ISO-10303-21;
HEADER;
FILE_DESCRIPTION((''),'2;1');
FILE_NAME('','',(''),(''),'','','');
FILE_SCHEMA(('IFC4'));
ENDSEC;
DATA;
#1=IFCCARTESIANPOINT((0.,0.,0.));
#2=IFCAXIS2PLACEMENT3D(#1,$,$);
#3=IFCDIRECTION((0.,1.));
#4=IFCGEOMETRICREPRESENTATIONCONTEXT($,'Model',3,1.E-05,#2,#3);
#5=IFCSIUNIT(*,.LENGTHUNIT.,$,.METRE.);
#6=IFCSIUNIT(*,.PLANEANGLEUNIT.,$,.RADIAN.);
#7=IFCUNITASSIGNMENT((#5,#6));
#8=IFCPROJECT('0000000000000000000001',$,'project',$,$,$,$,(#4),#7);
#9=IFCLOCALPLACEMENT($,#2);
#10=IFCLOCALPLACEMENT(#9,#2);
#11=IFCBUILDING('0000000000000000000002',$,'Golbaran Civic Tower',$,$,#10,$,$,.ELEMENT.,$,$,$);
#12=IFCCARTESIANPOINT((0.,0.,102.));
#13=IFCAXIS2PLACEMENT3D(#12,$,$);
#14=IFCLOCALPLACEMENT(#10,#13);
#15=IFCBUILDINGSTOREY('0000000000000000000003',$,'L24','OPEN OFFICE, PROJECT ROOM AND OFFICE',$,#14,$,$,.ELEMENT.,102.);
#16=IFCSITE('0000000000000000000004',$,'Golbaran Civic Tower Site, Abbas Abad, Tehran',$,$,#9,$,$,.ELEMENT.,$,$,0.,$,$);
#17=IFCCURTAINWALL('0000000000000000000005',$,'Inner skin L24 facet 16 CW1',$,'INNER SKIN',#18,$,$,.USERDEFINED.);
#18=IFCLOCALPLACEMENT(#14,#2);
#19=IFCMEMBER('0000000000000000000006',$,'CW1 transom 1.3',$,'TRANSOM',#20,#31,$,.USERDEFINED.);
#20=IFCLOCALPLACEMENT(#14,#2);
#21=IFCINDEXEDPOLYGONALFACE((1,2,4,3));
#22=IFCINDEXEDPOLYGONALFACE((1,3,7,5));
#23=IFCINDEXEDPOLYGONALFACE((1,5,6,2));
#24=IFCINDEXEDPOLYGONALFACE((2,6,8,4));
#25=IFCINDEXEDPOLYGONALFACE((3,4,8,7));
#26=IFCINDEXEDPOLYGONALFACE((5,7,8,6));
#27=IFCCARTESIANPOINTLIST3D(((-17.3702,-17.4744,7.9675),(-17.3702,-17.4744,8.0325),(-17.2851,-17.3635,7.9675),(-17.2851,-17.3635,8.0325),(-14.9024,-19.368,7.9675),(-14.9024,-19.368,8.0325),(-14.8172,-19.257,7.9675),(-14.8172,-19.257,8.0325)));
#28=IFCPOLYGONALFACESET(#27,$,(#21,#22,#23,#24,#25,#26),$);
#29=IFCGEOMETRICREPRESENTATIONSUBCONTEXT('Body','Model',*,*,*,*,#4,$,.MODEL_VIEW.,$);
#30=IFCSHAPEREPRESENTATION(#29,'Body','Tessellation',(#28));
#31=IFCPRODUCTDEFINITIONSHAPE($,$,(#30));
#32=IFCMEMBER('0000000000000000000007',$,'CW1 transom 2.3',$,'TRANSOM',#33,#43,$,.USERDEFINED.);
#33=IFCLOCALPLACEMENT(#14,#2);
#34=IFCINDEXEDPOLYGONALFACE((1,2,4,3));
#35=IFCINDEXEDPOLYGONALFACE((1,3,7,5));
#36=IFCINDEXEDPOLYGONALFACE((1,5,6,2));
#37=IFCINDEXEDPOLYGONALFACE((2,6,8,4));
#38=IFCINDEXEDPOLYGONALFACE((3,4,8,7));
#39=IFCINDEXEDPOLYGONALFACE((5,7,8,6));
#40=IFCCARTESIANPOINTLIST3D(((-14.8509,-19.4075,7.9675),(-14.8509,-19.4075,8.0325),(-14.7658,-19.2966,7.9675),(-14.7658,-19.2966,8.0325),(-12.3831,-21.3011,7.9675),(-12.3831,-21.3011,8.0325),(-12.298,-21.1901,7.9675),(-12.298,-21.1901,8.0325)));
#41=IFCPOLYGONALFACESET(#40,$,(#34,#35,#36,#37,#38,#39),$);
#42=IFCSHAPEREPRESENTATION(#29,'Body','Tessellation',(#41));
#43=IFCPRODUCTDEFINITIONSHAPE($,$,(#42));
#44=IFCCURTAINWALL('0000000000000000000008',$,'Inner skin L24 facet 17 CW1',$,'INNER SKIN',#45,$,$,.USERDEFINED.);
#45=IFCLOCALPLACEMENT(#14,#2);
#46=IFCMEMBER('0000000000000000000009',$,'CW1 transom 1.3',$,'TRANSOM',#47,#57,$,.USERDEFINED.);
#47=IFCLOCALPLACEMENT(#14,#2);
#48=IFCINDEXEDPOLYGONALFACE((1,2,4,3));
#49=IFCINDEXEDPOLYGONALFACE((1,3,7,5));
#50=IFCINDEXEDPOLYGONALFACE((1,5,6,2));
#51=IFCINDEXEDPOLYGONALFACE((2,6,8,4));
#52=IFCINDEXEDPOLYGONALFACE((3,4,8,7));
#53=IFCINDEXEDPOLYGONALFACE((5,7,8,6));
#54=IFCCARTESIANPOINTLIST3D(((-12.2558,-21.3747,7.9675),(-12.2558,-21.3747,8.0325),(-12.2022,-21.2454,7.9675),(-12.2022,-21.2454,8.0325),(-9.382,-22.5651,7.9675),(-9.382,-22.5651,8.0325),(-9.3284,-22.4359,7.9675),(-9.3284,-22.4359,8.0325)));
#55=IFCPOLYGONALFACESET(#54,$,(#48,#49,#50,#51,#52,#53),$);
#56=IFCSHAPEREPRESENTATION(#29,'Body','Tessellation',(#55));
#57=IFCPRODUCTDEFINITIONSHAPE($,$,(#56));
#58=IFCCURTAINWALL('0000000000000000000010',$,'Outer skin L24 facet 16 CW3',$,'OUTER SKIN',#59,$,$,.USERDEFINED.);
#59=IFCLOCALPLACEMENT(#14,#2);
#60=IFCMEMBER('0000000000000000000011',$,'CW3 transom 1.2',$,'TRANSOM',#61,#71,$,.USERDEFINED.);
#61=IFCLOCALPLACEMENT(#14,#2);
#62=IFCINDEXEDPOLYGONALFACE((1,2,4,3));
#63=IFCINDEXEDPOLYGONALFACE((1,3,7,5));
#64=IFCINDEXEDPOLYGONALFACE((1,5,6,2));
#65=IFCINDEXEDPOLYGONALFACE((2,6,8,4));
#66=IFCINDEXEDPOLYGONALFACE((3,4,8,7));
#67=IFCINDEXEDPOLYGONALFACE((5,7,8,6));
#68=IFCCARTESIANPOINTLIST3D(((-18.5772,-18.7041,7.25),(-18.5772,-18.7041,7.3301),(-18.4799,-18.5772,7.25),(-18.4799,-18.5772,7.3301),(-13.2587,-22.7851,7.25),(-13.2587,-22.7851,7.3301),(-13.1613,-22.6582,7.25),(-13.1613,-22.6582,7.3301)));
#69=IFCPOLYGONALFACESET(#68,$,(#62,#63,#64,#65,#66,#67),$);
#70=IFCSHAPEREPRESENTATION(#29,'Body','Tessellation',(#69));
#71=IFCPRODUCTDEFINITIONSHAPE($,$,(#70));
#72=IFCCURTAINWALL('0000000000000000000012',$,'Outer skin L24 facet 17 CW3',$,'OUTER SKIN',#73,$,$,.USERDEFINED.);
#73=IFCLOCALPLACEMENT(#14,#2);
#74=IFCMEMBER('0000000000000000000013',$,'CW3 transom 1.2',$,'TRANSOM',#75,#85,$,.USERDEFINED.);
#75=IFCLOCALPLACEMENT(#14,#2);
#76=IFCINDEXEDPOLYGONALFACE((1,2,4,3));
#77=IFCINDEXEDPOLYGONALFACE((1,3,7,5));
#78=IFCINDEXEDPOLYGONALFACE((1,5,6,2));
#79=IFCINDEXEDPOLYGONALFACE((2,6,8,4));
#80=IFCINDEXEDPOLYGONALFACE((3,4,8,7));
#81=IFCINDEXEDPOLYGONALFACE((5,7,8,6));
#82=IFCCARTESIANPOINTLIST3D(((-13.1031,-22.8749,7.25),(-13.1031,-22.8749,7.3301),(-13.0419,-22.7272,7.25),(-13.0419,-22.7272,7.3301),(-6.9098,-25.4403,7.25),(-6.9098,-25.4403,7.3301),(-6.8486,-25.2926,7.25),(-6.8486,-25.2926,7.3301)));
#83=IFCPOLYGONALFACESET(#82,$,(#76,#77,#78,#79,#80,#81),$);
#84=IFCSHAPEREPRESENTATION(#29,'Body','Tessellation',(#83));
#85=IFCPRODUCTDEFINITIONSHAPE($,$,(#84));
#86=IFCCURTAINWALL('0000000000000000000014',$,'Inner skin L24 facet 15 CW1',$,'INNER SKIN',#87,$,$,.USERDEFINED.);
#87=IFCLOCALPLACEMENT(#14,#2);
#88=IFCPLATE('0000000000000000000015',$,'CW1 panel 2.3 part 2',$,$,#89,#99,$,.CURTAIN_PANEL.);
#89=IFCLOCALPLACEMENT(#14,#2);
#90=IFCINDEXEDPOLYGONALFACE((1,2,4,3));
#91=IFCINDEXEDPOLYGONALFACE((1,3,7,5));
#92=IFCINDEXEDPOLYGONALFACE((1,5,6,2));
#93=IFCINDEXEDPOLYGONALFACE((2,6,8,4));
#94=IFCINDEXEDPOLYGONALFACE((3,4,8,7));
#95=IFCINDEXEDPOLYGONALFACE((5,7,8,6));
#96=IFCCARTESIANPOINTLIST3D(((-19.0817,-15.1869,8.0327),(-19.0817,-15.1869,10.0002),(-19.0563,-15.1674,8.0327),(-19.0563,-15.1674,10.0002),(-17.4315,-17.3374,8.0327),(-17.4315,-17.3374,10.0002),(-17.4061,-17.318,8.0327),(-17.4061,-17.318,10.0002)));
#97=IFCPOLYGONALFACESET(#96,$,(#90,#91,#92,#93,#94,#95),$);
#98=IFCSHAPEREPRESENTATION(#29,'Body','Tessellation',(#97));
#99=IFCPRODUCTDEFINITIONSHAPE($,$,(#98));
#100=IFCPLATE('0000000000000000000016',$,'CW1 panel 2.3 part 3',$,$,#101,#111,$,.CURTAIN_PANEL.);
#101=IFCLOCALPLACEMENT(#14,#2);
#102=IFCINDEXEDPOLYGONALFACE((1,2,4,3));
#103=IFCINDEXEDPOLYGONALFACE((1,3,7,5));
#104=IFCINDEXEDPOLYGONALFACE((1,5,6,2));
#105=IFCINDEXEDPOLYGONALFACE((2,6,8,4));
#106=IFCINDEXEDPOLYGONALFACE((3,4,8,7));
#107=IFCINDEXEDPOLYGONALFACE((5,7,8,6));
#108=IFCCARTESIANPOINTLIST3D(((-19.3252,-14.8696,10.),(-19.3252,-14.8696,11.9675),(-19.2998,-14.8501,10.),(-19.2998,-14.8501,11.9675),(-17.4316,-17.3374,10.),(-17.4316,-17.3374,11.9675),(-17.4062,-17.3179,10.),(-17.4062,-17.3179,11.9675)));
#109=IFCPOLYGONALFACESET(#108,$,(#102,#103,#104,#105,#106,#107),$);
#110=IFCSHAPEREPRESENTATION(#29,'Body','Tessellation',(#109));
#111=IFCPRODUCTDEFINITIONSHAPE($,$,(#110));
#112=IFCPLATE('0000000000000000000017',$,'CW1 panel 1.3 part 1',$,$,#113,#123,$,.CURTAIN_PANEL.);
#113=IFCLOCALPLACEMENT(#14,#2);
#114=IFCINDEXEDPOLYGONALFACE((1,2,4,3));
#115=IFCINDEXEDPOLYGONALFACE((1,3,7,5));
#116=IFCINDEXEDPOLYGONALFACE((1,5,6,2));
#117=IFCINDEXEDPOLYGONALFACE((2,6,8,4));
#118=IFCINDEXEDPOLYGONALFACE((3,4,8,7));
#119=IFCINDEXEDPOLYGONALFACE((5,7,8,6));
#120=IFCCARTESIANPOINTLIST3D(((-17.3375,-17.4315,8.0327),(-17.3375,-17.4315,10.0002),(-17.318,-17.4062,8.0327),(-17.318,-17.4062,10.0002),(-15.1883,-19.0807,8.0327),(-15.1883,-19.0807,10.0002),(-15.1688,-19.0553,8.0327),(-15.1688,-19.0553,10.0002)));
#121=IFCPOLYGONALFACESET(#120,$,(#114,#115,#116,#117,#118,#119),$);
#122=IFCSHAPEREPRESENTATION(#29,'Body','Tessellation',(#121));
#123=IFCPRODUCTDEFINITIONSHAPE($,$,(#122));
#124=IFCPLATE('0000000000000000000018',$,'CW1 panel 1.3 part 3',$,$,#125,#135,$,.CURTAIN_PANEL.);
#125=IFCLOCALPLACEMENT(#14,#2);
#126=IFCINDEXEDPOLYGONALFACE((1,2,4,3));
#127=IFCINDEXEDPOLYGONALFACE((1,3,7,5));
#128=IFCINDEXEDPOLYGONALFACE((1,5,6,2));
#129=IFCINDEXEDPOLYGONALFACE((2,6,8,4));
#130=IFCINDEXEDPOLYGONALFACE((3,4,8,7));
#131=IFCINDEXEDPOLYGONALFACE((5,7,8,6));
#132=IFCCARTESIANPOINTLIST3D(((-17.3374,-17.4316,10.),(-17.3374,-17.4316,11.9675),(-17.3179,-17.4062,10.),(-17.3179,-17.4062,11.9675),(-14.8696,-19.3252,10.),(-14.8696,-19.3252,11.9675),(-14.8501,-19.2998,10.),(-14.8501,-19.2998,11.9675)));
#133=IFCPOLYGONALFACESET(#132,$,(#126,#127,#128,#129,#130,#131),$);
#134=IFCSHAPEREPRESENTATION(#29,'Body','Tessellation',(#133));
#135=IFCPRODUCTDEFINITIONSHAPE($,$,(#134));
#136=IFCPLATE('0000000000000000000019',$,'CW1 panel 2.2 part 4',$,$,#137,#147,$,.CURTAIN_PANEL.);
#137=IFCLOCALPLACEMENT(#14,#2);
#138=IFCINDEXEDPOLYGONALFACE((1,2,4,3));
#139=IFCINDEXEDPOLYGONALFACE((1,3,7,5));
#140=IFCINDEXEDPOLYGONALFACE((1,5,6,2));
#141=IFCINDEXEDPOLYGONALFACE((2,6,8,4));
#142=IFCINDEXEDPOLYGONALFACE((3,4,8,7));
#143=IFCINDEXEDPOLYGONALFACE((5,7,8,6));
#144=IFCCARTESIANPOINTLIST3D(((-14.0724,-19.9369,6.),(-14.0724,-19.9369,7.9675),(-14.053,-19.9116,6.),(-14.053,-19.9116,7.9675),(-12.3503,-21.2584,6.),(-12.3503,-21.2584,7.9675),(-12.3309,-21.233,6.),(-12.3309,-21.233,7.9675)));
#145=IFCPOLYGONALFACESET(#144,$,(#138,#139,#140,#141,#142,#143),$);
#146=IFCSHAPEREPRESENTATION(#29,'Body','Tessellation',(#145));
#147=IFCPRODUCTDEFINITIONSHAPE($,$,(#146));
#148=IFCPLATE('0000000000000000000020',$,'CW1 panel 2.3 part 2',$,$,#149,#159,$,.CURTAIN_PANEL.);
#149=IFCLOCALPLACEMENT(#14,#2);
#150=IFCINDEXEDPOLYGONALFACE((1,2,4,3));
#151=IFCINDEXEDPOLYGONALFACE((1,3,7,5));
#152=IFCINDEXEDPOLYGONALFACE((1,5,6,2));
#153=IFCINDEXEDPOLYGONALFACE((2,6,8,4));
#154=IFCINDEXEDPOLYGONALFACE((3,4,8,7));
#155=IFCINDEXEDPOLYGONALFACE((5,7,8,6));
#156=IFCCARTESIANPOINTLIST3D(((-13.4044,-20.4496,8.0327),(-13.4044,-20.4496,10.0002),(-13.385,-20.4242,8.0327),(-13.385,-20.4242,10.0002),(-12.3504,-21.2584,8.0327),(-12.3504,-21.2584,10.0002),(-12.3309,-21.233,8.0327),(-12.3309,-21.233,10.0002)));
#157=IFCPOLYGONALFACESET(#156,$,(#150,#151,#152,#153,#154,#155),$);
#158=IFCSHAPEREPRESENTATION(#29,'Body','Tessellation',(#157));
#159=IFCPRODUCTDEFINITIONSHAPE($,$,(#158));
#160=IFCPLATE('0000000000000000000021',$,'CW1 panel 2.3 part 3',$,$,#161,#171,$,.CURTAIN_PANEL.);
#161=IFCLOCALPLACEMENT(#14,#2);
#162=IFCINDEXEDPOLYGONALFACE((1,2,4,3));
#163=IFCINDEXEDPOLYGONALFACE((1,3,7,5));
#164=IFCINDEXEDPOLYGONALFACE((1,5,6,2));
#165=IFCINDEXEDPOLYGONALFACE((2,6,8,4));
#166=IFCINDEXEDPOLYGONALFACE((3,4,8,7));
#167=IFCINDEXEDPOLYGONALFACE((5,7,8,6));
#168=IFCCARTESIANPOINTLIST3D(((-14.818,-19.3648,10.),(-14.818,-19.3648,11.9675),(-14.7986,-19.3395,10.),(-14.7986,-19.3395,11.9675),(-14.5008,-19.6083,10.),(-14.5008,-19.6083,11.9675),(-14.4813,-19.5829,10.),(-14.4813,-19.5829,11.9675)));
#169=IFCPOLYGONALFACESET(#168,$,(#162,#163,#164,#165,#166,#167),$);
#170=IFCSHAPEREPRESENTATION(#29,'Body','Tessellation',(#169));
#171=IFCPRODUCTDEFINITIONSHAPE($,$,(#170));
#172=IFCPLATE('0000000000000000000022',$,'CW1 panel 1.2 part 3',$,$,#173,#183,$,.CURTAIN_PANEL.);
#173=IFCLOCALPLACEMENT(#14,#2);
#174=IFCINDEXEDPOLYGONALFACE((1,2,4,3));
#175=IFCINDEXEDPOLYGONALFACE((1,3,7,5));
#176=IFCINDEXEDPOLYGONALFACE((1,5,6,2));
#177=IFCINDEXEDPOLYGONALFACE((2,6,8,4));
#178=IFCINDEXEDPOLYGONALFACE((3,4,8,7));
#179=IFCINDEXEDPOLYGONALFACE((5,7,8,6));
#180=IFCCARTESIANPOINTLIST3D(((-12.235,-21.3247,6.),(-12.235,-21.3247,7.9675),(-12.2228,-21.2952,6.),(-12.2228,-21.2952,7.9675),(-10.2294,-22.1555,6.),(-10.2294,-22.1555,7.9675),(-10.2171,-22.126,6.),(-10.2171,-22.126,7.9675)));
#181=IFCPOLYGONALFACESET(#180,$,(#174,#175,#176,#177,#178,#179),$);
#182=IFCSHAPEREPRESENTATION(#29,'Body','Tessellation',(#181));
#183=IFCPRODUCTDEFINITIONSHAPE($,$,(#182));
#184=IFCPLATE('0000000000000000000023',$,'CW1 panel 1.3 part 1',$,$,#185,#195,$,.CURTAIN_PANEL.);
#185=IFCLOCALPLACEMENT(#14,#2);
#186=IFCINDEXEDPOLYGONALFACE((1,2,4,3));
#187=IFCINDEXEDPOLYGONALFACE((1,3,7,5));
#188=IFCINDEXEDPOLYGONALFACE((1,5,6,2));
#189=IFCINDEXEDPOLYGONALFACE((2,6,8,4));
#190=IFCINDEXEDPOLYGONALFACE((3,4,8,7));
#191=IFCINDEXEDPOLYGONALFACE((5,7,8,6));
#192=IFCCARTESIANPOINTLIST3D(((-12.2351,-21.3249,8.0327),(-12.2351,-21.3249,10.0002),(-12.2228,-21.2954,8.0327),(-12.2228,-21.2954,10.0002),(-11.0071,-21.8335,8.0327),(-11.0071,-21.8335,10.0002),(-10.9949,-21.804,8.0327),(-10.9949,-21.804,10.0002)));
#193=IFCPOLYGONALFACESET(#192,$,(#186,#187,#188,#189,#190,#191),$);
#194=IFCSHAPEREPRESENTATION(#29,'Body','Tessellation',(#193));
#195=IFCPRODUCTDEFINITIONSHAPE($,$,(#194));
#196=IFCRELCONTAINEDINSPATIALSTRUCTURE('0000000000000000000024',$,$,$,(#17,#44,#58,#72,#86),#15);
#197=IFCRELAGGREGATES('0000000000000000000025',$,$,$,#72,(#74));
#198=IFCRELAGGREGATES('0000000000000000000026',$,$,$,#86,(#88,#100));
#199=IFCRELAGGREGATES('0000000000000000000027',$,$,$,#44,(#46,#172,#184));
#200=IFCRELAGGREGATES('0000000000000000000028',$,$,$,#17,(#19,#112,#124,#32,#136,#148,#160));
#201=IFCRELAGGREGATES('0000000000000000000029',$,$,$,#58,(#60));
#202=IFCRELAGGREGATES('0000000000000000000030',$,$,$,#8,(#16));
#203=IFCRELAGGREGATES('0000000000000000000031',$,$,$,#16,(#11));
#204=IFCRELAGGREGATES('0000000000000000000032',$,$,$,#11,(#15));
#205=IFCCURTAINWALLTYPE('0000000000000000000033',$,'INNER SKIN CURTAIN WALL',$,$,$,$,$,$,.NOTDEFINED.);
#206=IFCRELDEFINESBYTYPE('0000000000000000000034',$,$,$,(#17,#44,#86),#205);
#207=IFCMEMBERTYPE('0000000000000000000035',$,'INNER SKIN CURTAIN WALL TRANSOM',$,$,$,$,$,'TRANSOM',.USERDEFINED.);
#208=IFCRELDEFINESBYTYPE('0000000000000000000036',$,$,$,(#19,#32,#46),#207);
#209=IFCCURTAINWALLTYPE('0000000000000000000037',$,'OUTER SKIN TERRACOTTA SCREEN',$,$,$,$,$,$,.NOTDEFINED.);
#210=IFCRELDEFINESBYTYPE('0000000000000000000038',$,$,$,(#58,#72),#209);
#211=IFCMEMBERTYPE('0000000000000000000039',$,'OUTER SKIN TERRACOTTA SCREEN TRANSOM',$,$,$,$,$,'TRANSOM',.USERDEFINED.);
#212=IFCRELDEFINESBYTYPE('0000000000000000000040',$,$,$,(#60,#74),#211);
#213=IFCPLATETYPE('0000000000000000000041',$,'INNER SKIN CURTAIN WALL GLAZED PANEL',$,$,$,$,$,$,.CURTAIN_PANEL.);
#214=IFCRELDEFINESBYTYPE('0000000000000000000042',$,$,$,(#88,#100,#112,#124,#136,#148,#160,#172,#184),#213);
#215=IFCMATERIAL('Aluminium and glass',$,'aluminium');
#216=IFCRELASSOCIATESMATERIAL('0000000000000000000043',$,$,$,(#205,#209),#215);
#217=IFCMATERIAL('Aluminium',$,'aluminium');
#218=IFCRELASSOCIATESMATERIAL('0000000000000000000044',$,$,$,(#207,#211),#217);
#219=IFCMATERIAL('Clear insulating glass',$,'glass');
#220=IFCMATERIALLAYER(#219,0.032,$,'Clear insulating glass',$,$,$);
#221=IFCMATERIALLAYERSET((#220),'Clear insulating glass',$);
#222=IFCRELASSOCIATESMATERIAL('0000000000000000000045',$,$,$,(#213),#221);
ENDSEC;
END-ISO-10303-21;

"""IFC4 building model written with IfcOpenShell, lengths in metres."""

from ifc_helpers import new_model, si_unit, direction, frame, origin, origin_2d, place, context, subcontext, project, spatial, rectangle, extrude, material, layer, layer_set, material_profile, profile_set, type_object, element, aggregate, save


model = new_model("IFC4")

# Units and contexts
model_context = context("Model", 3, precision=1e-05, world=origin(), true_north=direction((0.0, 1.0)))
body_context = subcontext(model_context, "Body", "Model", "MODEL_VIEW")
ifc_project = project(units=[si_unit("LENGTHUNIT", "METRE"), si_unit("PLANEANGLEUNIT", "RADIAN")], contexts=[model_context])

# Site, building, storey
site_placement = place(None, origin())
site = spatial("IfcSite", under=ifc_project, at=site_placement, Name="Golbaran Civic Tower Site, Abbas Abad, Tehran", CompositionType="ELEMENT", RefElevation=0.0)
building_placement = place(site_placement, origin())
building = spatial("IfcBuilding", under=site, at=building_placement, Name="Golbaran Civic Tower", CompositionType="ELEMENT")
storey_placement = place(building_placement, frame((0.0, 0.0, 102.0)))
storey = spatial("IfcBuildingStorey", under=building, at=storey_placement, Name="L24", Description="OPEN OFFICE, PROJECT ROOM AND OFFICE", CompositionType="ELEMENT", Elevation=102.0)

# Curtain wall, members
ifc_material_1 = material(Name="Aluminium and glass", Category="aluminium")
curtain_wall_type_1 = type_object("IfcCurtainWallType", Name="INNER SKIN CURTAIN WALL", PredefinedType="NOTDEFINED", material=ifc_material_1)
curtain_wall_1_placement = place(storey_placement, origin())
curtain_wall_1 = element("IfcCurtainWall", 1, at=curtain_wall_1_placement, inside=storey, type_object=curtain_wall_type_1, Name="Inner skin L24 facet 16 CW1", ObjectType="INNER SKIN", PredefinedType="USERDEFINED")
ifc_material_2 = material(Name="Aluminium", Category="aluminium")
ifc_material_profile_1 = material_profile(ifc_material_2, rectangle(XDim=0.1399, YDim=0.0649, at=origin_2d()), Name="INNER SKIN CURTAIN WALL TRANSOM")
ifc_profile_set_1 = profile_set([ifc_material_profile_1], Name="Aluminium")
member_type_1 = type_object("IfcMemberType", Name="INNER SKIN CURTAIN WALL TRANSOM", ElementType="TRANSOM", PredefinedType="USERDEFINED", material=ifc_profile_set_1)
member_1_placement = place(storey_placement, frame((-17.3276, -17.4189, 8.0), z_axis=(0.793359, -0.608754, 0.0), x_axis=(0.608754, 0.793359, 0.0)))
member_1 = element("IfcMember", 2, at=member_1_placement, type_object=member_type_1, Name="CW1 transom 1.3", ObjectType="TRANSOM", PredefinedType="USERDEFINED", context=body_context, shape_type="SweptSolid", body=[
    extrude(rectangle(XDim=0.1399, YDim=0.0649, at=origin_2d()), origin(), (0.0, 0.0, 1.0), 3.1106),
])
member_2_placement = place(storey_placement, frame((-14.8083, -19.3521, 8.0), z_axis=(0.793359, -0.608754, 0.0), x_axis=(0.608754, 0.793359, 0.0)))
member_2 = element("IfcMember", 3, at=member_2_placement, type_object=member_type_1, Name="CW1 transom 2.3", ObjectType="TRANSOM", PredefinedType="USERDEFINED", context=body_context, shape_type="SweptSolid", body=[
    extrude(rectangle(XDim=0.1399, YDim=0.0649, at=origin_2d()), origin(), (0.0, 0.0, 1.0), 3.1106),
])

# Curtain walls, members
curtain_wall_2_placement = place(storey_placement, origin())
curtain_wall_2 = element("IfcCurtainWall", 4, at=curtain_wall_2_placement, inside=storey, type_object=curtain_wall_type_1, Name="Inner skin L24 facet 17 CW1", ObjectType="INNER SKIN", PredefinedType="USERDEFINED")
member_3_placement = place(storey_placement, frame((-12.229, -21.3101, 8.0), z_axis=(0.923871, -0.382703, 0.0), x_axis=(0.382703, 0.923871, 0.0)))
member_3 = element("IfcMember", 5, at=member_3_placement, type_object=member_type_1, Name="CW1 transom 1.3", ObjectType="TRANSOM", PredefinedType="USERDEFINED", context=body_context, shape_type="SweptSolid", body=[
    extrude(rectangle(XDim=0.1399, YDim=0.0649, at=origin_2d()), origin(), (0.0, 0.0, 1.0), 3.1106),
])
curtain_wall_type_2 = type_object("IfcCurtainWallType", Name="OUTER SKIN TERRACOTTA SCREEN", PredefinedType="NOTDEFINED", material=ifc_material_1)
curtain_wall_3_placement = place(storey_placement, origin())
curtain_wall_3 = element("IfcCurtainWall", 6, at=curtain_wall_3_placement, inside=storey, type_object=curtain_wall_type_2, Name="Outer skin L24 facet 16 CW3", ObjectType="OUTER SKIN", PredefinedType="USERDEFINED")
ifc_material_profile_2 = material_profile(ifc_material_2, rectangle(XDim=0.1599, YDim=0.0801, at=origin_2d()), Name="OUTER SKIN TERRACOTTA SCREEN TRANSOM")
ifc_profile_set_2 = profile_set([ifc_material_profile_2], Name="Aluminium")
member_type_2 = type_object("IfcMemberType", Name="OUTER SKIN TERRACOTTA SCREEN TRANSOM", ElementType="TRANSOM", PredefinedType="USERDEFINED", material=ifc_profile_set_2)
member_4_placement = place(storey_placement, frame((-18.5286, -18.6406, 7.29), z_axis=(0.793357, -0.608756, 0.0), x_axis=(0.608756, 0.793357, 0.0)))
member_4 = element("IfcMember", 7, at=member_4_placement, type_object=member_type_2, Name="CW3 transom 1.2", ObjectType="TRANSOM", PredefinedType="USERDEFINED", context=body_context, shape_type="SweptSolid", body=[
    extrude(rectangle(XDim=0.1599, YDim=0.0801, at=origin_2d()), origin(), (0.0, 0.0, 1.0), 6.7039),
])
curtain_wall_4_placement = place(storey_placement, origin())
curtain_wall_4 = element("IfcCurtainWall", 8, at=curtain_wall_4_placement, inside=storey, type_object=curtain_wall_type_2, Name="Outer skin L24 facet 17 CW3", ObjectType="OUTER SKIN", PredefinedType="USERDEFINED")
member_5_placement = place(storey_placement, frame((-13.0725, -22.801, 7.29), z_axis=(0.923877, -0.382691, 0.0), x_axis=(0.382691, 0.923877, 0.0)))
member_5 = element("IfcMember", 9, at=member_5_placement, type_object=member_type_2, Name="CW3 transom 1.2", ObjectType="TRANSOM", PredefinedType="USERDEFINED", context=body_context, shape_type="SweptSolid", body=[
    extrude(rectangle(XDim=0.1599, YDim=0.0801, at=origin_2d()), origin(), (0.0, 0.0, 1.0), 6.7036),
])
aggregate(curtain_wall_4, [member_5])

# Curtain wall, plates
curtain_wall_5_placement = place(storey_placement, origin())
curtain_wall_5 = element("IfcCurtainWall", 10, at=curtain_wall_5_placement, inside=storey, type_object=curtain_wall_type_1, Name="Inner skin L24 facet 15 CW1", ObjectType="INNER SKIN", PredefinedType="USERDEFINED")
ifc_material_3 = material(Name="Clear insulating glass", Category="glass")
ifc_layer_1 = layer(ifc_material_3, 0.032, Name="Clear insulating glass")
ifc_layer_set_1 = layer_set([ifc_layer_1], Name="Clear insulating glass")
plate_type_1 = type_object("IfcPlateType", Name="INNER SKIN CURTAIN WALL GLAZED PANEL", PredefinedType="CURTAIN_PANEL", material=ifc_layer_set_1)
plate_1_placement = place(storey_placement, frame((-18.2439, -16.2524, 8.0327), z_axis=(0.0, 0.0, 1.0), x_axis=(0.608761, -0.793353, 0.0)))
plate_1 = element("IfcPlate", 11, at=plate_1_placement, type_object=plate_type_1, Name="CW1 panel 2.3 part 2", PredefinedType="CURTAIN_PANEL", context=body_context, shape_type="SweptSolid", body=[
    extrude(rectangle(XDim=2.7107, YDim=0.032, at=origin_2d()), origin(), (0.0, 0.0, 1.0), 1.9675),
])
plate_2_placement = place(storey_placement, frame((-18.3657, -16.0938, 10.0), z_axis=(0.0, 0.0, 1.0), x_axis=(0.608761, -0.793353, 0.0)))
plate_2 = element("IfcPlate", 12, at=plate_2_placement, type_object=plate_type_1, Name="CW1 panel 2.3 part 3", PredefinedType="CURTAIN_PANEL", context=body_context, shape_type="SweptSolid", body=[
    extrude(rectangle(XDim=3.1106, YDim=0.032, at=origin_2d()), origin(), (0.0, 0.0, 1.0), 1.9675),
])
aggregate(curtain_wall_5, [plate_1, plate_2])

# Plates
plate_3_placement = place(storey_placement, frame((-16.2532, -18.2434, 8.0327), z_axis=(0.0, 0.0, 1.0), x_axis=(0.793353, -0.608761, 0.0)))
plate_3 = element("IfcPlate", 13, at=plate_3_placement, type_object=plate_type_1, Name="CW1 panel 1.3 part 1", PredefinedType="CURTAIN_PANEL", context=body_context, shape_type="SweptSolid", body=[
    extrude(rectangle(XDim=2.709, YDim=0.032, at=origin_2d()), origin(), (0.0, 0.0, 1.0), 1.9675),
])
plate_4_placement = place(storey_placement, frame((-16.0938, -18.3657, 10.0), z_axis=(0.0, 0.0, 1.0), x_axis=(0.793353, -0.608761, 0.0)))
plate_4 = element("IfcPlate", 14, at=plate_4_placement, type_object=plate_type_1, Name="CW1 panel 1.3 part 3", PredefinedType="CURTAIN_PANEL", context=body_context, shape_type="SweptSolid", body=[
    extrude(rectangle(XDim=3.1106, YDim=0.032, at=origin_2d()), origin(), (0.0, 0.0, 1.0), 1.9675),
])
plate_5_placement = place(storey_placement, frame((-13.2017, -20.585, 6.0), z_axis=(0.0, 0.0, 1.0), x_axis=(0.793353, -0.608761, 0.0)))
plate_5 = element("IfcPlate", 15, at=plate_5_placement, type_object=plate_type_1, Name="CW1 panel 2.2 part 4", PredefinedType="CURTAIN_PANEL", context=body_context, shape_type="SweptSolid", body=[
    extrude(rectangle(XDim=2.1707, YDim=0.032, at=origin_2d()), origin(), (0.0, 0.0, 1.0), 1.9675),
])
plate_6_placement = place(storey_placement, frame((-12.8677, -20.8413, 8.0327), z_axis=(0.0, 0.0, 1.0), x_axis=(0.793353, -0.608761, 0.0)))
plate_6 = element("IfcPlate", 16, at=plate_6_placement, type_object=plate_type_1, Name="CW1 panel 2.3 part 2", PredefinedType="CURTAIN_PANEL", context=body_context, shape_type="SweptSolid", body=[
    extrude(rectangle(XDim=1.3286, YDim=0.032, at=origin_2d()), origin(), (0.0, 0.0, 1.0), 1.9675),
])
plate_7_placement = place(storey_placement, frame((-14.6497, -19.4739, 10.0), z_axis=(0.0, 0.0, 1.0), x_axis=(0.793353, -0.608761, 0.0)))
plate_7 = element("IfcPlate", 17, at=plate_7_placement, type_object=plate_type_1, Name="CW1 panel 2.3 part 3", PredefinedType="CURTAIN_PANEL", context=body_context, shape_type="SweptSolid", body=[
    extrude(rectangle(XDim=0.3999, YDim=0.032, at=origin_2d()), origin(), (0.0, 0.0, 1.0), 1.9675),
])
plate_8_placement = place(storey_placement, frame((-11.2261, -21.7253, 6.0), z_axis=(0.0, 0.0, 1.0), x_axis=(0.92388, -0.382683, 0.0)))
plate_8 = element("IfcPlate", 18, at=plate_8_placement, type_object=plate_type_1, Name="CW1 panel 1.2 part 3", PredefinedType="CURTAIN_PANEL", context=body_context, shape_type="SweptSolid", body=[
    extrude(rectangle(XDim=2.1709, YDim=0.032, at=origin_2d()), origin(), (0.0, 0.0, 1.0), 1.9675),
])
plate_9_placement = place(storey_placement, frame((-11.615, -21.5645, 8.0327), z_axis=(0.0, 0.0, 1.0), x_axis=(0.92388, -0.382683, 0.0)))
plate_9 = element("IfcPlate", 19, at=plate_9_placement, type_object=plate_type_1, Name="CW1 panel 1.3 part 1", PredefinedType="CURTAIN_PANEL", context=body_context, shape_type="SweptSolid", body=[
    extrude(rectangle(XDim=1.3291, YDim=0.032, at=origin_2d()), origin(), (0.0, 0.0, 1.0), 1.9675),
])
aggregate(curtain_wall_2, [member_3, plate_8, plate_9])
aggregate(curtain_wall_1, [member_1, plate_3, plate_4, member_2, plate_5, plate_6, plate_7])
aggregate(curtain_wall_3, [member_4])

save(model, "model.ifc")
